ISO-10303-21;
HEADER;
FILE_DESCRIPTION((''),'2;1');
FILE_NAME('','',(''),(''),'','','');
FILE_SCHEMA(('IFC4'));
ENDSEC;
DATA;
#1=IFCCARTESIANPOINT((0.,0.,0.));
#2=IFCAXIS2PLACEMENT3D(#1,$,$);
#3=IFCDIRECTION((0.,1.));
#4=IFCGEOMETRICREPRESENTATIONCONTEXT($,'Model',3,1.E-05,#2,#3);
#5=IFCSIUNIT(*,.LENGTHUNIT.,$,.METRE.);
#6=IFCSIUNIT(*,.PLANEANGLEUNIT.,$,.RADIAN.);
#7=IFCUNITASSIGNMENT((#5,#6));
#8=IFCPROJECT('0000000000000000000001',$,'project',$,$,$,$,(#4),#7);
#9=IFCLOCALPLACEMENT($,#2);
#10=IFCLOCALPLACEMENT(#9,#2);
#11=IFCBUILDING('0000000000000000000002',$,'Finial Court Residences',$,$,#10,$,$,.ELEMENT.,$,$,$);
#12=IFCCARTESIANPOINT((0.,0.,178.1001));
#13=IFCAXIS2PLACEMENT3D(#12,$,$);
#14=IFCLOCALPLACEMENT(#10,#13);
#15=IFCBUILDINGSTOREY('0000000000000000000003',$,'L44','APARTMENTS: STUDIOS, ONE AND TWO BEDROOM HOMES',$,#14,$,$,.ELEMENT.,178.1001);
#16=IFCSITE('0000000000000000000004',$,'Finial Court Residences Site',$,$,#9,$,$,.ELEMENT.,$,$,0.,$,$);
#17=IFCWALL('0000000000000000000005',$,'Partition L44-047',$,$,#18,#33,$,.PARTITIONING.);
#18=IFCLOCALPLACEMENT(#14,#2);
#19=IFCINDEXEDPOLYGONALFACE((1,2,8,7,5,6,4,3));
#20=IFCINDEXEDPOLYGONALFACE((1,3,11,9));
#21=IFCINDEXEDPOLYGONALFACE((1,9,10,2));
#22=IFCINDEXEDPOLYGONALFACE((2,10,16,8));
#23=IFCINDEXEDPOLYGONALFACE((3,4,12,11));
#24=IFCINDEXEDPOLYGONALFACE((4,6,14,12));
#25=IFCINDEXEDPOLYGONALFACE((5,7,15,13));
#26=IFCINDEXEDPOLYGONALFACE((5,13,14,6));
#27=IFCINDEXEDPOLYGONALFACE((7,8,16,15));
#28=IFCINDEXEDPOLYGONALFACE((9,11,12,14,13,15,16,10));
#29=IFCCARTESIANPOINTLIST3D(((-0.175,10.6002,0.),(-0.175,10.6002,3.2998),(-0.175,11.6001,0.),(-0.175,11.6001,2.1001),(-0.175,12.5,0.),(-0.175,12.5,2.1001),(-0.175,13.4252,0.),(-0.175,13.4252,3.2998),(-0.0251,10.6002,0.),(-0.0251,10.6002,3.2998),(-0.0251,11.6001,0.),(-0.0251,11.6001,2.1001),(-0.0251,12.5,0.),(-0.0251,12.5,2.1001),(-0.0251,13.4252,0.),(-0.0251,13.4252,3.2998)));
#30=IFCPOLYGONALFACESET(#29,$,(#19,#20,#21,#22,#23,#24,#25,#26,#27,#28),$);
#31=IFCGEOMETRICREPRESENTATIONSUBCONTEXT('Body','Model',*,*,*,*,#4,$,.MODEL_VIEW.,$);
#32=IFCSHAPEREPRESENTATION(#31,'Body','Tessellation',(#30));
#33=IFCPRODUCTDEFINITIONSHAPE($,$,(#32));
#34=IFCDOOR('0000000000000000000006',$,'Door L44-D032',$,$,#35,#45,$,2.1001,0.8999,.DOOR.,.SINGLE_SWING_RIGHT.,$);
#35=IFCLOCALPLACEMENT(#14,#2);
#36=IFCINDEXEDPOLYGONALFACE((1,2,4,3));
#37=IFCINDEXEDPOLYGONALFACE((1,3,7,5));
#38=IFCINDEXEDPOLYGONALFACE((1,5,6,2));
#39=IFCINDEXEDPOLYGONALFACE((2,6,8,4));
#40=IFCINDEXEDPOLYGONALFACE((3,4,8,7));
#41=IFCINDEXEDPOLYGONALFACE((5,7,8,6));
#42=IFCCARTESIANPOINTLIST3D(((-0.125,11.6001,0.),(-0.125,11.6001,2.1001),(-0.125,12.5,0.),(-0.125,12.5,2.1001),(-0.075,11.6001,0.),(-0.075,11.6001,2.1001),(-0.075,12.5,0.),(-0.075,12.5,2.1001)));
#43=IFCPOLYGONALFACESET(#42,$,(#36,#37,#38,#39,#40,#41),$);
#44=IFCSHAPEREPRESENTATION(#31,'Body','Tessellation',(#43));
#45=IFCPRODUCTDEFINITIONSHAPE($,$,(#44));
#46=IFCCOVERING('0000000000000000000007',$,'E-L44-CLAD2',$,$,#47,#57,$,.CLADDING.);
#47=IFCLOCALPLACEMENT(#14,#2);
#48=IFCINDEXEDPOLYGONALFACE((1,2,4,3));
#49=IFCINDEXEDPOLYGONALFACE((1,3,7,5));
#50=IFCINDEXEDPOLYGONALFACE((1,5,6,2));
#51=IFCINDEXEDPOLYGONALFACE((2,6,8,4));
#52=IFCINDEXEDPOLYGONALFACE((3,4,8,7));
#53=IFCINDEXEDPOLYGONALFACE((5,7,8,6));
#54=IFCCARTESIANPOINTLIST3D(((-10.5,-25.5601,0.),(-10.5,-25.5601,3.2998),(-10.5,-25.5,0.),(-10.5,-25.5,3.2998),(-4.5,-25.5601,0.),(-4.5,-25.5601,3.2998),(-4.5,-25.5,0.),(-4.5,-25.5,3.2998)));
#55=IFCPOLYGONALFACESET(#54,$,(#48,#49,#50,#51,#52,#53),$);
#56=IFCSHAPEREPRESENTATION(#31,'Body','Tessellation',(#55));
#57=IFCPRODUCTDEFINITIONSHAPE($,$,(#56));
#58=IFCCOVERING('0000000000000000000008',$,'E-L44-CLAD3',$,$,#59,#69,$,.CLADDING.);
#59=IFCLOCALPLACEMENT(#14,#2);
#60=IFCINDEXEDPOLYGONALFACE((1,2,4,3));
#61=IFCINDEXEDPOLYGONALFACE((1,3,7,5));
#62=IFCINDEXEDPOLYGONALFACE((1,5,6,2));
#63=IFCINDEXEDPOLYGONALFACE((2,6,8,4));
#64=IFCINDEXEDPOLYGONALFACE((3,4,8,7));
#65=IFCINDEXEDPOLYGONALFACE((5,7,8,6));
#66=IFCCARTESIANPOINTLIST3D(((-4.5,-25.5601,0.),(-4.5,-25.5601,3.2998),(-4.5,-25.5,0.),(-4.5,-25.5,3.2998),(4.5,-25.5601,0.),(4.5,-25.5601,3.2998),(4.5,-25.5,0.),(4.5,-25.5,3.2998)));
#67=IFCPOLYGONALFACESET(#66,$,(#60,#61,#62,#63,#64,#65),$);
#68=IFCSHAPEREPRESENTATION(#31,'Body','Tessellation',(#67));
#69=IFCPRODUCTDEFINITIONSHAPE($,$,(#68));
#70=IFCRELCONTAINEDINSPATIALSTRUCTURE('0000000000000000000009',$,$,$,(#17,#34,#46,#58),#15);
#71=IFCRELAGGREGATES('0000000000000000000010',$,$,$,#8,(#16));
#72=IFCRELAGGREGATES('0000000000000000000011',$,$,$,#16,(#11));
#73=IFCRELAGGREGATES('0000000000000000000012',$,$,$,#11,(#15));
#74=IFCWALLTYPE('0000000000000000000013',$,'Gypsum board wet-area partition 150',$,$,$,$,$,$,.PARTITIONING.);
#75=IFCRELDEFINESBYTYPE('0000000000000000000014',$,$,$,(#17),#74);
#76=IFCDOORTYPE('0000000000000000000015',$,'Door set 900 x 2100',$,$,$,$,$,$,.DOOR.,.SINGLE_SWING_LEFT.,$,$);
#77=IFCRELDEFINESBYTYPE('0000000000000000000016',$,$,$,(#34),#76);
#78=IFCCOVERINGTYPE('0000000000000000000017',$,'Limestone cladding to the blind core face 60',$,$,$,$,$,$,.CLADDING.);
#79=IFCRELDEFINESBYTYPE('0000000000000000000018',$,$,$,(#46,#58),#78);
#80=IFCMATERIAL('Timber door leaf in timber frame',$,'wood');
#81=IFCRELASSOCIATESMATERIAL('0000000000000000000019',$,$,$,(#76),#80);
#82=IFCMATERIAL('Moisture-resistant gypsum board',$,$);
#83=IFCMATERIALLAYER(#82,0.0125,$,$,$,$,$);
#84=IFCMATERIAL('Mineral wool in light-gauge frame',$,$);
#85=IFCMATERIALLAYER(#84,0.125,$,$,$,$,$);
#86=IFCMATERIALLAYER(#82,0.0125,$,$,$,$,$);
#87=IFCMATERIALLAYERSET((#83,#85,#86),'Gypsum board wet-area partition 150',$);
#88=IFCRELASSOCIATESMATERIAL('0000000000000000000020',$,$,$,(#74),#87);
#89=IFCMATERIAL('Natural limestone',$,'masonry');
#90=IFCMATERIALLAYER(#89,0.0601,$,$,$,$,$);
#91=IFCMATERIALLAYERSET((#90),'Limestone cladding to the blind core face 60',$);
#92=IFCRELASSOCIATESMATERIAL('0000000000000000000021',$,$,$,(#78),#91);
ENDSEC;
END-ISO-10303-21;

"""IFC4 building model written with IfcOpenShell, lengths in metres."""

from ifc_helpers import new_model, si_unit, direction, frame, frame_2d, origin, place, context, subcontext, project, spatial, polyline, rectangle, outline, extrude, material, layer, layer_set, type_object, element, fill, save


model = new_model("IFC4")

# Units and contexts
model_context = context("Model", 3, precision=1e-05, world=origin(), true_north=direction((0.0, 1.0)))
body_context = subcontext(model_context, "Body", "Model", "MODEL_VIEW")
ifc_project = project(units=[si_unit("LENGTHUNIT", "METRE"), si_unit("PLANEANGLEUNIT", "RADIAN")], contexts=[model_context])

# Site, building, storey
site_placement = place(None, origin())
site = spatial("IfcSite", under=ifc_project, at=site_placement, Name="Finial Court Residences Site", CompositionType="ELEMENT", RefElevation=0.0)
building_placement = place(site_placement, origin())
building = spatial("IfcBuilding", under=site, at=building_placement, Name="Finial Court Residences", CompositionType="ELEMENT")
storey_placement = place(building_placement, frame((0.0, 0.0, 178.1001)))
storey = spatial("IfcBuildingStorey", under=building, at=storey_placement, Name="L44", Description="APARTMENTS: STUDIOS, ONE AND TWO BEDROOM HOMES", CompositionType="ELEMENT", Elevation=178.1001)

# Shared definitions
ifc_material_1 = material(Name="Mineral wool in light-gauge frame")
ifc_material_2 = material(Name="Timber door leaf in timber frame", Category="wood")
door_type = type_object("IfcDoorType", Name="Door set 900 x 2100", OperationType="SINGLE_SWING_LEFT", PredefinedType="DOOR", material=ifc_material_2)

# Shared definitions
ifc_material_3 = material(Name="Moisture-resistant gypsum board")
ifc_layer_1 = layer(ifc_material_3, 0.0125)
ifc_layer_2 = layer(ifc_material_1, 0.125)
ifc_layer_3 = layer(ifc_material_3, 0.0125)
ifc_layer_set_1 = layer_set([ifc_layer_1, ifc_layer_2, ifc_layer_3], Name="Gypsum board wet-area partition 150")
wall_type_1 = type_object("IfcWallType", Name="Gypsum board wet-area partition 150", PredefinedType="PARTITIONING", material=ifc_layer_set_1)

# Wall, opening, door
wall_1_placement = place(storey_placement, frame((-0.1001, 10.6001, 0.0), z_axis=(0.0, 0.0, 1.0), x_axis=(0.0, 1.0, 0.0)))
wall_1 = element("IfcWall", 1, at=wall_1_placement, inside=storey, type_object=wall_type_1, Name="Partition L44-047", PredefinedType="PARTITIONING", context=body_context, shape_type="SweptSolid", body=[
    extrude(rectangle(XDim=2.825, YDim=0.1499, at=frame_2d((1.4126, 0.0))), origin(), (0.0, 0.0, 1.0), 3.2998),
])
opening_1_placement = place(wall_1_placement, frame((1.0, 0.0, 0.0)))
opening_1 = element("IfcOpeningElement", 2, at=opening_1_placement, cuts=wall_1, PredefinedType="OPENING", context=body_context, shape_type="SweptSolid", body=[
    extrude(rectangle(XDim=0.8999, YDim=2.1001, at=frame_2d((0.45, 1.05))), frame((0.0, 0.085, 0.0), z_axis=(0.0, -1.0, 0.0), x_axis=(1.0, 0.0, 0.0)), (0.0, 0.0, 1.0), 0.1699),
])
door_1_placement = place(opening_1_placement, origin())
door_1 = element("IfcDoor", 3, at=door_1_placement, inside=storey, type_object=door_type, Name="Door L44-D032", OperationType="SINGLE_SWING_RIGHT", OverallHeight=2.1001, OverallWidth=0.8999, PredefinedType="DOOR", context=body_context, shape_type="SweptSolid", body=[
    extrude(rectangle(XDim=0.8999, YDim=2.1001, at=frame_2d((0.45, 1.05))), frame((0.0, 0.0249, 0.0), z_axis=(0.0, -1.0, 0.0), x_axis=(1.0, 0.0, 0.0)), (0.0, 0.0, 1.0), 0.05),
])
fill(opening_1, door_1)

# Coverings
ifc_material_4 = material(Name="Natural limestone", Category="masonry")
ifc_layer_4 = layer(ifc_material_4, 0.0601)
ifc_layer_set_2 = layer_set([ifc_layer_4], Name="Limestone cladding to the blind core face 60")
covering_type = type_object("IfcCoveringType", Name="Limestone cladding to the blind core face 60", PredefinedType="CLADDING", material=ifc_layer_set_2)
covering_1_placement = place(storey_placement, origin())
element("IfcCovering", 4, at=covering_1_placement, inside=storey, type_object=covering_type, Name="E-L44-CLAD2", PredefinedType="CLADDING", context=body_context, shape_type="SweptSolid", body=[
    extrude(outline(polyline([(-4.5, -25.5601), (-4.5, -25.5), (-10.5, -25.5), (-10.5, -25.5601), (-4.5, -25.5601)])), origin(), (0.0, 0.0, 1.0), 3.2998),
])
covering_2_placement = place(storey_placement, origin())
element("IfcCovering", 5, at=covering_2_placement, inside=storey, type_object=covering_type, Name="E-L44-CLAD3", PredefinedType="CLADDING", context=body_context, shape_type="SweptSolid", body=[
    extrude(outline(polyline([(4.5, -25.5601), (4.5, -25.5), (-4.5, -25.5), (-4.5, -25.5601), (4.5, -25.5601)])), origin(), (0.0, 0.0, 1.0), 3.2998),
])

save(model, "model.ifc")
